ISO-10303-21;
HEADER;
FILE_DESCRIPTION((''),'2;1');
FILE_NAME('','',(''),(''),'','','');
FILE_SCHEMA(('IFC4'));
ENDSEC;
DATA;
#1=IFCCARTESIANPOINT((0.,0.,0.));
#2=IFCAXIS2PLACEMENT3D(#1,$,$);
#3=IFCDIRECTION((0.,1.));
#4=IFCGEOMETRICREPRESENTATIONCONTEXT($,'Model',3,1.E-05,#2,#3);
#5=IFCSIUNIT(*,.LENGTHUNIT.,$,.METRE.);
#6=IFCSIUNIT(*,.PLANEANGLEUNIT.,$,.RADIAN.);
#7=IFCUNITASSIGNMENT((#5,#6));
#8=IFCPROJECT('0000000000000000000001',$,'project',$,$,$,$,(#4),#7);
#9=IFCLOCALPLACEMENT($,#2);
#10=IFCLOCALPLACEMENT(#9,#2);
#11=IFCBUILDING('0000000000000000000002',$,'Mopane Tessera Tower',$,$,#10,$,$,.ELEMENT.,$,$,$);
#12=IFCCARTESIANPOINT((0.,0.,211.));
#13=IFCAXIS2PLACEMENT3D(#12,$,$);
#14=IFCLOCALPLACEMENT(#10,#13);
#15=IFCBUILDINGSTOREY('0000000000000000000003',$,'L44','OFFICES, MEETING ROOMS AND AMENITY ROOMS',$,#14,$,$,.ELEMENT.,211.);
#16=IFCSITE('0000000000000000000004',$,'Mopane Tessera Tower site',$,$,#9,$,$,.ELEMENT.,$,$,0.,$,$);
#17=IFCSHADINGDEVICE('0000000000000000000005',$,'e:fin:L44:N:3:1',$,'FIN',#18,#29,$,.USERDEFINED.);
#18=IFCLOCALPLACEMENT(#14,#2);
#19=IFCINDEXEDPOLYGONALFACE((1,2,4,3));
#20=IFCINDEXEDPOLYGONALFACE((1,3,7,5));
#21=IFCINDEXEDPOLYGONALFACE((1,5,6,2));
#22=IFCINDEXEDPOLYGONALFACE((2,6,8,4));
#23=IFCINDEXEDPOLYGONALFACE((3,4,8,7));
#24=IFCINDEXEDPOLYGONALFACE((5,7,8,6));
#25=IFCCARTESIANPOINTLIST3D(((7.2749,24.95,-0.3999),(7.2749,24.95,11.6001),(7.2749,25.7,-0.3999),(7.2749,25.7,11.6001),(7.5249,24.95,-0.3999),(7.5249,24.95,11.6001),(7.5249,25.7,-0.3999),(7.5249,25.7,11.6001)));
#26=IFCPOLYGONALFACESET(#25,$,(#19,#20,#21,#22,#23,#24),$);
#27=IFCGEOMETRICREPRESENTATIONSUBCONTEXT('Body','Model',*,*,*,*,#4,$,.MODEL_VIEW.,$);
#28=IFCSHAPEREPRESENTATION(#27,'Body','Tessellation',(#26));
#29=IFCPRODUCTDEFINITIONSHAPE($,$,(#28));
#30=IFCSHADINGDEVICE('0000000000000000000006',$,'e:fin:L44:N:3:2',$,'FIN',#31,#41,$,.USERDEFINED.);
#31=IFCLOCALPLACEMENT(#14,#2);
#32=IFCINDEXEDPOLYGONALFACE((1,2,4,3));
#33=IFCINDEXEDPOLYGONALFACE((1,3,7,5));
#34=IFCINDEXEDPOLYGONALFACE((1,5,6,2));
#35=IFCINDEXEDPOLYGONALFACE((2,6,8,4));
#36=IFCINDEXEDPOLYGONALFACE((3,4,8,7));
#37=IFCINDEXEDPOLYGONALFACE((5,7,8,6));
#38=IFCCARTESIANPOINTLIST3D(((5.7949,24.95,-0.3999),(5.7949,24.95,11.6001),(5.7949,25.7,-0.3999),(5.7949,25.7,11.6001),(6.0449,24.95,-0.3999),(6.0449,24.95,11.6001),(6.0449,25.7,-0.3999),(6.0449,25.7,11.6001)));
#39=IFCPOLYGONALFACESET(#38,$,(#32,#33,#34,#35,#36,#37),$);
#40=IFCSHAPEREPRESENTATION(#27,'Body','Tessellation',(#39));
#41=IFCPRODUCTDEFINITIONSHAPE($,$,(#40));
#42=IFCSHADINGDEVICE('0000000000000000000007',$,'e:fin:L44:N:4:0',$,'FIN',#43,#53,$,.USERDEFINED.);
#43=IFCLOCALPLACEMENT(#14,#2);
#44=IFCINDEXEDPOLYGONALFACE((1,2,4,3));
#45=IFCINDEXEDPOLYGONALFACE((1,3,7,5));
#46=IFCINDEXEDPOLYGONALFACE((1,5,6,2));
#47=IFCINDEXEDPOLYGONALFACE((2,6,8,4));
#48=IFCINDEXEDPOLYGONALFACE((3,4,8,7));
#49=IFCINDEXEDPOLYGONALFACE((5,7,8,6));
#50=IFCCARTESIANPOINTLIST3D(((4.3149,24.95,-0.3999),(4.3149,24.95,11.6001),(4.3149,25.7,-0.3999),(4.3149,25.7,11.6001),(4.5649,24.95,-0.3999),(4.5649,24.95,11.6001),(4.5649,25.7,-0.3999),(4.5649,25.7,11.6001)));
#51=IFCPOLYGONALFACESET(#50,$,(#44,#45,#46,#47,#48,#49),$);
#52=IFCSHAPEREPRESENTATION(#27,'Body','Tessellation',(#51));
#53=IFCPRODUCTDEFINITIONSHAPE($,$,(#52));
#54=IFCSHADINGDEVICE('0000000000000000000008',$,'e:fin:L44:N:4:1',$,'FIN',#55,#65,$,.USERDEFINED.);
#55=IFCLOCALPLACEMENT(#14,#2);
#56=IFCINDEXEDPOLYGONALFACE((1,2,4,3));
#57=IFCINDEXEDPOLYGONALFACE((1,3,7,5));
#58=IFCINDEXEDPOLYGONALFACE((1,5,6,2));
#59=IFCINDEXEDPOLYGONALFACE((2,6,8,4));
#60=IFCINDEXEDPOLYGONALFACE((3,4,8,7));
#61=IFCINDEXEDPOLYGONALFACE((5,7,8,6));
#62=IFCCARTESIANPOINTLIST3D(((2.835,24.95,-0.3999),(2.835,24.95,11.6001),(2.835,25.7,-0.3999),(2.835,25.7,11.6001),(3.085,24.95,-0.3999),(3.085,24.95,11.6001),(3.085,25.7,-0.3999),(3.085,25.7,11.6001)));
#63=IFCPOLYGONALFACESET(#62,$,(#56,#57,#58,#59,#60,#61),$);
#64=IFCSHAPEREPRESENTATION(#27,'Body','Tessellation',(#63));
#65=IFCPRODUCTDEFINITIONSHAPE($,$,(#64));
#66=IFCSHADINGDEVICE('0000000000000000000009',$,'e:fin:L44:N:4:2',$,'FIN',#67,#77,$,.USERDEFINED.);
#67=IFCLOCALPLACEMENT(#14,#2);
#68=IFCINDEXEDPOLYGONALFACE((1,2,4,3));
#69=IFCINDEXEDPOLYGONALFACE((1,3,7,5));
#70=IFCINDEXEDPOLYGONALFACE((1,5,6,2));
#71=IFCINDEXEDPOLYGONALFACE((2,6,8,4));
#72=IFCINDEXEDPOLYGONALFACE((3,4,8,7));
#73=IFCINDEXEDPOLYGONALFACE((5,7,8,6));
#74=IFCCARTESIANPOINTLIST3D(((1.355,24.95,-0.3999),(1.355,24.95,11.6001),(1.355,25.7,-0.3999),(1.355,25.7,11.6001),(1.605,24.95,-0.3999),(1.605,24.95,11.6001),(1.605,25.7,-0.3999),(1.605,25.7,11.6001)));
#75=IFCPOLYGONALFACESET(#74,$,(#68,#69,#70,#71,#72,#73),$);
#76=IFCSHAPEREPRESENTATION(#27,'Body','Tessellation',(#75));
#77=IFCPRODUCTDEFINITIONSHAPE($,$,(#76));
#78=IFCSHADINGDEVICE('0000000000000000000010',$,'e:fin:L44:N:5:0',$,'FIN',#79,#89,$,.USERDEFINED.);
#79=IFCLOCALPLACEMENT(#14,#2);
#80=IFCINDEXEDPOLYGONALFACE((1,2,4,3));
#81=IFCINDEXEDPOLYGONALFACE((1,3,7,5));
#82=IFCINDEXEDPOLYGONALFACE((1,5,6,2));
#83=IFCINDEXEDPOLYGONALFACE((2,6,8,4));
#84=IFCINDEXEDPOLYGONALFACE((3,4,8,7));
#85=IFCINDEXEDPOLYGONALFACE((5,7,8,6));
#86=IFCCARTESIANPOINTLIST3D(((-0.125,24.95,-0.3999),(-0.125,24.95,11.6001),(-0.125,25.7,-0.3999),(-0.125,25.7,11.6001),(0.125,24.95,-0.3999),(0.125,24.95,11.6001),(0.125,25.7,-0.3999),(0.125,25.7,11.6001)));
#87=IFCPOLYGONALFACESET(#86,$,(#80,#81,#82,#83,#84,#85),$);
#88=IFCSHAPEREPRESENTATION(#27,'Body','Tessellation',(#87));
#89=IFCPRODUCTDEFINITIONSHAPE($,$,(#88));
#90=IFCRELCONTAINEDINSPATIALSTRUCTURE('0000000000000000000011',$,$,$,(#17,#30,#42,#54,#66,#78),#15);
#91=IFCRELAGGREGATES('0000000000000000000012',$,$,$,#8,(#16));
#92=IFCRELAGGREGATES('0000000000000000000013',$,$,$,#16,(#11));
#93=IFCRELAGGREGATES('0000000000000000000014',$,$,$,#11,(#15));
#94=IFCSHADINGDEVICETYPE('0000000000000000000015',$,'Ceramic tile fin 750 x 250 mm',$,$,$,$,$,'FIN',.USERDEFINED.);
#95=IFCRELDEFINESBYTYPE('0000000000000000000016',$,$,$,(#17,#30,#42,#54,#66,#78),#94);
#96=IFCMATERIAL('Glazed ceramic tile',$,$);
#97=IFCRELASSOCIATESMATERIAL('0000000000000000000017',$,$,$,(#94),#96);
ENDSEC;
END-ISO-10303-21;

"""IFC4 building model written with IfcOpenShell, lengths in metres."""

from ifc_helpers import new_model, si_unit, direction, frame, origin, origin_2d, place, context, subcontext, project, spatial, rectangle, extrude, material, type_object, element, save


model = new_model("IFC4")

# Units and contexts
model_context = context("Model", 3, precision=1e-05, world=origin(), true_north=direction((0.0, 1.0)))
body_context = subcontext(model_context, "Body", "Model", "MODEL_VIEW")
ifc_project = project(units=[si_unit("LENGTHUNIT", "METRE"), si_unit("PLANEANGLEUNIT", "RADIAN")], contexts=[model_context])

# Site, building, storey
site_placement = place(None, origin())
site = spatial("IfcSite", under=ifc_project, at=site_placement, Name="Mopane Tessera Tower site", CompositionType="ELEMENT", RefElevation=0.0)
building_placement = place(site_placement, origin())
building = spatial("IfcBuilding", under=site, at=building_placement, Name="Mopane Tessera Tower", CompositionType="ELEMENT")
storey_placement = place(building_placement, frame((0.0, 0.0, 211.0)))
storey = spatial("IfcBuildingStorey", under=building, at=storey_placement, Name="L44", Description="OFFICES, MEETING ROOMS AND AMENITY ROOMS", CompositionType="ELEMENT", Elevation=211.0)

# Shading devices
ifc_material_1 = material(Name="Glazed ceramic tile")
shading_device_type = type_object("IfcShadingDeviceType", Name="Ceramic tile fin 750 x 250 mm", ElementType="FIN", PredefinedType="USERDEFINED", material=ifc_material_1)
for number, where, z_axis, x_axis, name in (
    (1, (7.3999, 25.325, -0.3999), (0.0, 0.0, 1.0), (-1.0, 0.0, 0.0), "e:fin:L44:N:3:1"),
    (2, (5.9199, 25.325, -0.3999), (0.0, 0.0, 1.0), (-1.0, 0.0, 0.0), "e:fin:L44:N:3:2"),
    (3, (4.4399, 25.325, -0.3999), (0.0, 0.0, 1.0), (-1.0, 0.0, 0.0), "e:fin:L44:N:4:0"),
    (4, (2.96, 25.325, -0.3999), (0.0, 0.0, 1.0), (-1.0, 0.0, 0.0), "e:fin:L44:N:4:1"),
    (5, (1.48, 25.325, -0.3999), (0.0, 0.0, 1.0), (-1.0, 0.0, 0.0), "e:fin:L44:N:4:2"),
    (6, (0.0, 25.325, -0.3999), (0.0, 0.0, 1.0), (-1.0, 0.0, 0.0), "e:fin:L44:N:5:0"),
):
    element("IfcShadingDevice", number, at=place(storey_placement, frame(where, z_axis=z_axis, x_axis=x_axis)), inside=storey, type_object=shading_device_type, Name=name, ObjectType="FIN", PredefinedType="USERDEFINED", context=body_context, shape_type="SweptSolid", body=[
        extrude(rectangle(XDim=0.25, YDim=0.75, at=origin_2d()), origin(), (0.0, 0.0, 1.0), 12.0),
    ])

save(model, "model.ifc")
